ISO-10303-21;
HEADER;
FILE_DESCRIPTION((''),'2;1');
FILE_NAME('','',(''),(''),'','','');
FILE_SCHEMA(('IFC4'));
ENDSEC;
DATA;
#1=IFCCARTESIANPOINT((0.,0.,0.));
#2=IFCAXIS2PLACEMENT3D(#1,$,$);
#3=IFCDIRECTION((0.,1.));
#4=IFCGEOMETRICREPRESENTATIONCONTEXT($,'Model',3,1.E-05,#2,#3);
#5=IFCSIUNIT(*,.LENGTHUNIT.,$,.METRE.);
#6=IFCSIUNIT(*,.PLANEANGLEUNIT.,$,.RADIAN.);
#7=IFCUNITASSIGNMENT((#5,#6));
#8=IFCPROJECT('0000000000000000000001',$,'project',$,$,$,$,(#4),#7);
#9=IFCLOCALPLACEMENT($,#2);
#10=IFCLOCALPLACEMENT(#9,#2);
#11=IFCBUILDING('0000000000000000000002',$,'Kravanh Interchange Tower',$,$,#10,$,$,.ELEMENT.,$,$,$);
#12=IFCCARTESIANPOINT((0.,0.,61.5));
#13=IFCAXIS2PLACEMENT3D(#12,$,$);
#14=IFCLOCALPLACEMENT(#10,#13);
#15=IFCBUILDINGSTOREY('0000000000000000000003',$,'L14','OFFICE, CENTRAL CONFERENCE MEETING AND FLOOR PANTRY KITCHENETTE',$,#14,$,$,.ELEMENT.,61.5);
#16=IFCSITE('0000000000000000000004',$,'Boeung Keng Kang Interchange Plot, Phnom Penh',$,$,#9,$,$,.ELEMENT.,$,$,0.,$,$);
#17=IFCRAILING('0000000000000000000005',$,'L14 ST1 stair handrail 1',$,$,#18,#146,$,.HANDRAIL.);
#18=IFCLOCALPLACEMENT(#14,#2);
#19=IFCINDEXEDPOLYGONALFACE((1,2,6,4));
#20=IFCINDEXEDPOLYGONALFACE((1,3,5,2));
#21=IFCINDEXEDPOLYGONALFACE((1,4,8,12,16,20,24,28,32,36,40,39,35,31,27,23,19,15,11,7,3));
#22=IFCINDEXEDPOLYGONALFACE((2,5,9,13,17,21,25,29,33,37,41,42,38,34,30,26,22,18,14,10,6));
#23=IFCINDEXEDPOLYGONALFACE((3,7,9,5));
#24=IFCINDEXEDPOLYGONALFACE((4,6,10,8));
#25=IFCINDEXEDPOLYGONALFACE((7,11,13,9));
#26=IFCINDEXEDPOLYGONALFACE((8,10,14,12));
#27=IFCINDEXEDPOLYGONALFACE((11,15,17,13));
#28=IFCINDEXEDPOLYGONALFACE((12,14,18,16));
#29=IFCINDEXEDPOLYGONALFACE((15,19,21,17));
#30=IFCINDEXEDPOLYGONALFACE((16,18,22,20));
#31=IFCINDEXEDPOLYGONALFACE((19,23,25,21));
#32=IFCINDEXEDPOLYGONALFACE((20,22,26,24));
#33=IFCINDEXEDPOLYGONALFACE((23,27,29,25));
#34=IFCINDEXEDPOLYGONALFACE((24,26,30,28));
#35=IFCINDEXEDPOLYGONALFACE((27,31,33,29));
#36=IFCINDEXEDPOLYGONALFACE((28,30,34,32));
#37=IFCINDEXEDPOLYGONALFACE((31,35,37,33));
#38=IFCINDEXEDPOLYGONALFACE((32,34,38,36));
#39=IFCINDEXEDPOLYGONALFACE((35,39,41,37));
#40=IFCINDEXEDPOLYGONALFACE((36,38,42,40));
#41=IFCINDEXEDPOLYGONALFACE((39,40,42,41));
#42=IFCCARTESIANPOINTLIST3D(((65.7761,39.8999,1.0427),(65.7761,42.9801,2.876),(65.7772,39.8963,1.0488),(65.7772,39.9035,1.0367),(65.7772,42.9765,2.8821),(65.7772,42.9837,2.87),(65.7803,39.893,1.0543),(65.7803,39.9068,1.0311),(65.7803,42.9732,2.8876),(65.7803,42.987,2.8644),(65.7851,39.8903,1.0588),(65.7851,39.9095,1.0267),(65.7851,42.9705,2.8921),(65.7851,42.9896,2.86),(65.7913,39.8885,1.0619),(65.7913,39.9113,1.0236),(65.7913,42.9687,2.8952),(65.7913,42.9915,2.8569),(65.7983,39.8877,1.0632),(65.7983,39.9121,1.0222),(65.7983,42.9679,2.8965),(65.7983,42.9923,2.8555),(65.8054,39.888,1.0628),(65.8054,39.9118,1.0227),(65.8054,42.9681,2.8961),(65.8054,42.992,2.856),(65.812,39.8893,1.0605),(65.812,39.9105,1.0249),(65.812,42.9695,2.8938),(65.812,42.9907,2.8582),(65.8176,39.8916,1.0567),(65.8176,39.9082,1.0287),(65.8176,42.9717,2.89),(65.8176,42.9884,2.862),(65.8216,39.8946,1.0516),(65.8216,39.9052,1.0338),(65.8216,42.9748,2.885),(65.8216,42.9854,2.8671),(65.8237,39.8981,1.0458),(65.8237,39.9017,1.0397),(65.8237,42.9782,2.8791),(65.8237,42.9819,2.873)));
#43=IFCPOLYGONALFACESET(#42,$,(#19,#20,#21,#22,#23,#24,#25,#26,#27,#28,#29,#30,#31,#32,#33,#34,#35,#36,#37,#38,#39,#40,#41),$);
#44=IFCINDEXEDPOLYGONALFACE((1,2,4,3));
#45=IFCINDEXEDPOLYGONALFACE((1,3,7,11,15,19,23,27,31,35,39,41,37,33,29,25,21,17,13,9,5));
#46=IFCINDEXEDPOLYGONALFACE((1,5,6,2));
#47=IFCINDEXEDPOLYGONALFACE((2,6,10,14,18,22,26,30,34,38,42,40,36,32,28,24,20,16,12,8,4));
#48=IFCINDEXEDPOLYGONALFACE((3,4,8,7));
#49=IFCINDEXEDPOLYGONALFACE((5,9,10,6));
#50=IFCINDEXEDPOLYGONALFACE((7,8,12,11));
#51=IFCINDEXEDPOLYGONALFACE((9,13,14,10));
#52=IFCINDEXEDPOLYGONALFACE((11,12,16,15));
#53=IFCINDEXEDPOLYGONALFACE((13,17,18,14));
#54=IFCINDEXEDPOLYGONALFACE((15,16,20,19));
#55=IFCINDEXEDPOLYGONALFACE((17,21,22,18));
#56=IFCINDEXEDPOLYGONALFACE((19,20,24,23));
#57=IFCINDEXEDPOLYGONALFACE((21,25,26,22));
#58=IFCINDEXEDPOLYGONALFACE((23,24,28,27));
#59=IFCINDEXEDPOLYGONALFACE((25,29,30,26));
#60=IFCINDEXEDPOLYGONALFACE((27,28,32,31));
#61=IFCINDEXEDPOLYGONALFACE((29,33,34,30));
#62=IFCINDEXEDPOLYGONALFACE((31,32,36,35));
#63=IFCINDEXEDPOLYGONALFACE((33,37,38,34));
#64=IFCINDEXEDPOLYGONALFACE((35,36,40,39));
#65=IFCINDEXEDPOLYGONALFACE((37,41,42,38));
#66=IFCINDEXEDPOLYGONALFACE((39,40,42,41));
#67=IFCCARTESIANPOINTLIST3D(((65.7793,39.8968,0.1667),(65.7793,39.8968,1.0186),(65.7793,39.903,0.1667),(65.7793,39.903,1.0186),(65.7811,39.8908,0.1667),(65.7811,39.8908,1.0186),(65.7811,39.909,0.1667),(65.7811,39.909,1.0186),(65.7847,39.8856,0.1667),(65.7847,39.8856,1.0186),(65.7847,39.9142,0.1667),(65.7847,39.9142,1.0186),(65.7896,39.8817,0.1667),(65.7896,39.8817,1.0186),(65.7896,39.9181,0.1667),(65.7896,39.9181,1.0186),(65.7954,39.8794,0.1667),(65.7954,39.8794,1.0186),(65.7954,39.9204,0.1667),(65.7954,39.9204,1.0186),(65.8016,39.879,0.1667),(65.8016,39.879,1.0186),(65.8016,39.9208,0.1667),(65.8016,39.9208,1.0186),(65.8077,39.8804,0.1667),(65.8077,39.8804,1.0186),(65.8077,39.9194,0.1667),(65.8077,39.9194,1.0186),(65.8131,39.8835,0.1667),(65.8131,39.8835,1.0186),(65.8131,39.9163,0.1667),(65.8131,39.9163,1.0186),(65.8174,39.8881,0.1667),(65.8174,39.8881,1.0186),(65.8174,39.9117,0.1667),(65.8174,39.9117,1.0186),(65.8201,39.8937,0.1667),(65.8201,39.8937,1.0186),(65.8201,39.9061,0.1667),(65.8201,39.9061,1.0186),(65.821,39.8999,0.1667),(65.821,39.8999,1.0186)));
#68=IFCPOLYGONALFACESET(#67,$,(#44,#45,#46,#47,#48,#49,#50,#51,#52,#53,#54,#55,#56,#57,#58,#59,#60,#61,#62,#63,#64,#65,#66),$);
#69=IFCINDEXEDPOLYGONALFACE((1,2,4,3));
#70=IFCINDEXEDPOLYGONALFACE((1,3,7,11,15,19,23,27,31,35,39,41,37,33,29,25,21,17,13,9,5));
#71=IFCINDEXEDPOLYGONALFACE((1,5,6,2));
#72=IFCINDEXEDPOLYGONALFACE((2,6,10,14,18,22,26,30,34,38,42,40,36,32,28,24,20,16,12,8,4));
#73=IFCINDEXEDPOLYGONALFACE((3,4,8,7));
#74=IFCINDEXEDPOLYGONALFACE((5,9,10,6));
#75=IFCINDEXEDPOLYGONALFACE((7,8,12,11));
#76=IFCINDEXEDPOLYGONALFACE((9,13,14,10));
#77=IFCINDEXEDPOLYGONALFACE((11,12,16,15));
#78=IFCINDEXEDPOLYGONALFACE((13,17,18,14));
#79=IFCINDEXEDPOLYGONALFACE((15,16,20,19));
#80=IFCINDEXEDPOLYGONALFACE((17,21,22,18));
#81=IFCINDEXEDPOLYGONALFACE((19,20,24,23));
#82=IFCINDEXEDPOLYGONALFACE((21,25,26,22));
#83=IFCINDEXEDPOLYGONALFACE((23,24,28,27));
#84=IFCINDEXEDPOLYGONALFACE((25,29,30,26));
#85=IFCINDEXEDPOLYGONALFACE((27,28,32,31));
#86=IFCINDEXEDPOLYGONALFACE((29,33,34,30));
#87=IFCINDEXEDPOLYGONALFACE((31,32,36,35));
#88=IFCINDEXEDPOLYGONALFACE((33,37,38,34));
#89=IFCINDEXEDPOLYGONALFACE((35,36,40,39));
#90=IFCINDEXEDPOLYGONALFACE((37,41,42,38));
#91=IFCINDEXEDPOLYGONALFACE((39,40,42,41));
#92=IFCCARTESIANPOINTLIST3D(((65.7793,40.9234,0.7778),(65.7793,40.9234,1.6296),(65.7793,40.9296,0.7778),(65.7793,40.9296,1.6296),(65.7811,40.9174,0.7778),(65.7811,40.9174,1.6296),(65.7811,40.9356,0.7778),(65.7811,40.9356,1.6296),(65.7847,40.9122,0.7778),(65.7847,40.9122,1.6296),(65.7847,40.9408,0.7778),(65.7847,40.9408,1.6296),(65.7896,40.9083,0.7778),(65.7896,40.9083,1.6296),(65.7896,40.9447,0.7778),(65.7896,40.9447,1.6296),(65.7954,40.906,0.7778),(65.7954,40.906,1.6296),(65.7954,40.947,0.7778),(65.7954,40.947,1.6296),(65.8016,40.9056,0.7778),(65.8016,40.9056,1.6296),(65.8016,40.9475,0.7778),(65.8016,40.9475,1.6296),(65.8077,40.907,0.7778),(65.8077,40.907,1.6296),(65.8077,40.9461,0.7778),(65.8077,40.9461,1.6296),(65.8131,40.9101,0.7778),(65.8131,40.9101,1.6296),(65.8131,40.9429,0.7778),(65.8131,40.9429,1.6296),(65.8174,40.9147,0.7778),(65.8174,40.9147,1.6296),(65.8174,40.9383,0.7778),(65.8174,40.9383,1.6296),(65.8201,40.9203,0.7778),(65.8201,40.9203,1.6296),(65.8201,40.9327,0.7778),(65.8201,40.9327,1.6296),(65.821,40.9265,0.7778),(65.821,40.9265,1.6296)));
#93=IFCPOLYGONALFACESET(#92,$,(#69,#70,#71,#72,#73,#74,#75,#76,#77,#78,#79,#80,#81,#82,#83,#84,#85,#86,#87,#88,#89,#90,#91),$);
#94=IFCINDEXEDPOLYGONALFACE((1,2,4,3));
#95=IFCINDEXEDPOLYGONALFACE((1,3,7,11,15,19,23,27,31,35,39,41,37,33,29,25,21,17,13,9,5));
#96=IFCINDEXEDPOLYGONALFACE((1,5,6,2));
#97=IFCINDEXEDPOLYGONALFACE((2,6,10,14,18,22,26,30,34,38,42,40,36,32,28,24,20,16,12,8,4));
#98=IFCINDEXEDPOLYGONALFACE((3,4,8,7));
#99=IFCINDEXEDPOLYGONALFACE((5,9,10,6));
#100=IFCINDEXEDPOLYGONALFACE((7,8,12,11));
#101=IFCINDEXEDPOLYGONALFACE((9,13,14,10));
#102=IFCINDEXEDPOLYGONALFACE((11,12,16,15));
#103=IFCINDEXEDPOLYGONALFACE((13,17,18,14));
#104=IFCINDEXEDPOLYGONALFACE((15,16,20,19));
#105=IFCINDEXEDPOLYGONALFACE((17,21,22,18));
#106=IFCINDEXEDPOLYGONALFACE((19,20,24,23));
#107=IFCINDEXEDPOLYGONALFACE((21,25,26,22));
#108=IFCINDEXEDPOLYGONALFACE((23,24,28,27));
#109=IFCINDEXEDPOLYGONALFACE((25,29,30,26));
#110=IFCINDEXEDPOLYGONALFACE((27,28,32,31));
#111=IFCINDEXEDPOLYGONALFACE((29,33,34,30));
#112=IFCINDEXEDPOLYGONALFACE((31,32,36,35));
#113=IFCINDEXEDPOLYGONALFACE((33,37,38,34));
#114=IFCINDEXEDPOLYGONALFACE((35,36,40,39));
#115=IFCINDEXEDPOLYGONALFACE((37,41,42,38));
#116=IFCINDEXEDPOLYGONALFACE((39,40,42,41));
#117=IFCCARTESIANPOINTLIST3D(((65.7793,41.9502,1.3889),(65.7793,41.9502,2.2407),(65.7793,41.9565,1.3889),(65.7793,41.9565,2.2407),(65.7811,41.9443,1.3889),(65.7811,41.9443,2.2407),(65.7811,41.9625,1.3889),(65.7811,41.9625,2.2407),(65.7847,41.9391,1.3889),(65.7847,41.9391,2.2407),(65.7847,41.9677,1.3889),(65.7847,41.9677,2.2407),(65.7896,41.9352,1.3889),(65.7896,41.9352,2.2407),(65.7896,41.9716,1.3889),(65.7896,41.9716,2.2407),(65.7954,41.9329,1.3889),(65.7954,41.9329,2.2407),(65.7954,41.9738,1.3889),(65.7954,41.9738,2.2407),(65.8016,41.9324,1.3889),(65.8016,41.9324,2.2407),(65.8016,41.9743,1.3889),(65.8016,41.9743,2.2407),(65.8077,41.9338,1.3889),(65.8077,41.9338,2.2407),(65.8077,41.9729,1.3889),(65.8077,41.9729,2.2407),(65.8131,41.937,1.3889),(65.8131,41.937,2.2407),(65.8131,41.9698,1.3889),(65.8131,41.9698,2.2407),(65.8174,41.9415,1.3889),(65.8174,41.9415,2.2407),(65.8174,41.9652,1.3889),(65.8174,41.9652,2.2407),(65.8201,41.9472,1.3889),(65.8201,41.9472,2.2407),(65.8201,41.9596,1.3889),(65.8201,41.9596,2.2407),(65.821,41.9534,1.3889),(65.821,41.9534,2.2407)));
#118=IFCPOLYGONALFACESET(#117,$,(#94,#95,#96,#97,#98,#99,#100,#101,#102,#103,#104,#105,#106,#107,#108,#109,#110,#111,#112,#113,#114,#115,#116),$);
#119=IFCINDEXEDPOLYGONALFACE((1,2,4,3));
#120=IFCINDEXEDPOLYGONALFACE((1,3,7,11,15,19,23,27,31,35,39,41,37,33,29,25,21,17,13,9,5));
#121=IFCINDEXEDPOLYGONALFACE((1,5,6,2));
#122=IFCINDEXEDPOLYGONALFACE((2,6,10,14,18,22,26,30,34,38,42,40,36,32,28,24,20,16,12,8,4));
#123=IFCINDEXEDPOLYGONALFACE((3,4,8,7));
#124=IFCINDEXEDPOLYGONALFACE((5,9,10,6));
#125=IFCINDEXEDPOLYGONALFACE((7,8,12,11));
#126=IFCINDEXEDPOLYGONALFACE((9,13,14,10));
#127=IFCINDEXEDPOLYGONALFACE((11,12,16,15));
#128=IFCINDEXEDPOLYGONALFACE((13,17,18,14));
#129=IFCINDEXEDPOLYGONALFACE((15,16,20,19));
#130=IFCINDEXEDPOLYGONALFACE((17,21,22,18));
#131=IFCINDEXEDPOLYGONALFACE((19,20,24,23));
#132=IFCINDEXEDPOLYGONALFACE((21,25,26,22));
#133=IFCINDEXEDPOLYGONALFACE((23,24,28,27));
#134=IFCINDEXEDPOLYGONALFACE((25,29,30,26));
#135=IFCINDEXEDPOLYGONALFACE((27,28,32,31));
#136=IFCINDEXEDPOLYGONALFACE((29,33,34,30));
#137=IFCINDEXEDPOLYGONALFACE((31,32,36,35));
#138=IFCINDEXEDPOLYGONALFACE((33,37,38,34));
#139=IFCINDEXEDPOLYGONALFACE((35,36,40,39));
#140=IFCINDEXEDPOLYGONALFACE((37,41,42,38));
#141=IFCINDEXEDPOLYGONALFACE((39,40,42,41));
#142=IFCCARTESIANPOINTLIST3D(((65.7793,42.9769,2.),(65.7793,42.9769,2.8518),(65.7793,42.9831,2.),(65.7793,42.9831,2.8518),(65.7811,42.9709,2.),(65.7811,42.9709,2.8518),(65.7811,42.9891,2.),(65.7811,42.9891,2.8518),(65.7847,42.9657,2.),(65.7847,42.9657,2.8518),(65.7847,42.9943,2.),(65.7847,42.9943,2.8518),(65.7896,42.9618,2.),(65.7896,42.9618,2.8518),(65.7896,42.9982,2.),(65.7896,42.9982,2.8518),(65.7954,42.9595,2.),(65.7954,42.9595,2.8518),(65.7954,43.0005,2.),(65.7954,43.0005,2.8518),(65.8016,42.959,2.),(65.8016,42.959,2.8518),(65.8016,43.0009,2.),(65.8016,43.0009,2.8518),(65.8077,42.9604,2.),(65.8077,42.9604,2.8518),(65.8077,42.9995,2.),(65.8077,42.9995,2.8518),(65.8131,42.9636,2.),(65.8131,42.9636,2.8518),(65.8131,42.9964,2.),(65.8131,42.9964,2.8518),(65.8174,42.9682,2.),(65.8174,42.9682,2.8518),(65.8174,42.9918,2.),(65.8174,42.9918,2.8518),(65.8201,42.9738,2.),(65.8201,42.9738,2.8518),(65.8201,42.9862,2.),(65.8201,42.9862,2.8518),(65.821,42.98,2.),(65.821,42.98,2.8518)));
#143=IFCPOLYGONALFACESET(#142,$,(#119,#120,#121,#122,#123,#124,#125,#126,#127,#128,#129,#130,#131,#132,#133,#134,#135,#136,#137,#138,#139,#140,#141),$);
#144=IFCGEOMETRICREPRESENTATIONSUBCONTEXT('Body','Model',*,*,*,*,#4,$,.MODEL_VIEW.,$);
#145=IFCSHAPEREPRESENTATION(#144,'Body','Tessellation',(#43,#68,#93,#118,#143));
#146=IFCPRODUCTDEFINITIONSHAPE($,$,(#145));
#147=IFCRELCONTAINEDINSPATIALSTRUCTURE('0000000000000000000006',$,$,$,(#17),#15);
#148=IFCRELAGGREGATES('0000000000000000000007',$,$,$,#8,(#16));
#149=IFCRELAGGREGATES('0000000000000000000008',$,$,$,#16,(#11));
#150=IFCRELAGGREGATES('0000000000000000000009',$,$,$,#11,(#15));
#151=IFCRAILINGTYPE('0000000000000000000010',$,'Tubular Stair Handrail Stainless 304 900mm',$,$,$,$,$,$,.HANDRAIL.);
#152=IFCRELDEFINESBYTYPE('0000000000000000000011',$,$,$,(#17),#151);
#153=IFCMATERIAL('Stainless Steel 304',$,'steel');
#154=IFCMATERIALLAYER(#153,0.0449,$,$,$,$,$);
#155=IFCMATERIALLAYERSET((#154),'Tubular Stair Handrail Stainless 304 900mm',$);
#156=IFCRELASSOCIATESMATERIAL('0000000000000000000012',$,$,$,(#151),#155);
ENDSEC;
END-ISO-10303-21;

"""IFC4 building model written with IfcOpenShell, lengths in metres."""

from ifc_helpers import new_model, si_unit, direction, frame, origin, origin_2d, place, context, subcontext, project, spatial, circle, extrude, material, layer, layer_set, type_object, element, save


model = new_model("IFC4")

# Units and contexts
model_context = context("Model", 3, precision=1e-05, world=origin(), true_north=direction((0.0, 1.0)))
body_context = subcontext(model_context, "Body", "Model", "MODEL_VIEW")
ifc_project = project(units=[si_unit("LENGTHUNIT", "METRE"), si_unit("PLANEANGLEUNIT", "RADIAN")], contexts=[model_context])

# Site, building, storey
site_placement = place(None, origin())
site = spatial("IfcSite", under=ifc_project, at=site_placement, Name="Boeung Keng Kang Interchange Plot, Phnom Penh", CompositionType="ELEMENT", RefElevation=0.0)
building_placement = place(site_placement, origin())
building = spatial("IfcBuilding", under=site, at=building_placement, Name="Kravanh Interchange Tower", CompositionType="ELEMENT")
storey_placement = place(building_placement, frame((0.0, 0.0, 61.5)))
storey = spatial("IfcBuildingStorey", under=building, at=storey_placement, Name="L14", Description="OFFICE, CENTRAL CONFERENCE MEETING AND FLOOR PANTRY KITCHENETTE", CompositionType="ELEMENT", Elevation=61.5)

# Railing
ifc_material_1 = material(Name="Stainless Steel 304", Category="steel")
ifc_layer_1 = layer(ifc_material_1, 0.0449)
ifc_layer_set_1 = layer_set([ifc_layer_1], Name="Tubular Stair Handrail Stainless 304 900mm")
railing_type_1 = type_object("IfcRailingType", Name="Tubular Stair Handrail Stainless 304 900mm", PredefinedType="HANDRAIL", material=ifc_layer_set_1)
railing_1_placement = place(storey_placement, frame((65.8, 39.8999, 0.1667)))
element("IfcRailing", 1, at=railing_1_placement, inside=storey, type_object=railing_type_1, Name="L14 ST1 stair handrail 1", PredefinedType="HANDRAIL", context=body_context, shape_type="SweptSolid", body=[
    extrude(circle(Radius=0.0239, at=origin_2d()), frame((0.0, 0.0, 0.876), z_axis=(0.0, 0.859309, 0.511458), x_axis=(-1.0, 0.0, 0.0)), (0.0, 0.0, 1.0), 3.5845),
    extrude(circle(Radius=0.021, at=origin_2d()), origin(), (0.0, 0.0, 1.0), 0.8518),
    extrude(circle(Radius=0.021, at=origin_2d()), frame((0.0, 1.0266, 0.6111)), (0.0, 0.0, 1.0), 0.8518),
    extrude(circle(Radius=0.021, at=origin_2d()), frame((0.0, 2.0535, 1.2222)), (0.0, 0.0, 1.0), 0.8518),
    extrude(circle(Radius=0.021, at=origin_2d()), frame((0.0, 3.0801, 1.8333)), (0.0, 0.0, 1.0), 0.8518),
])

save(model, "model.ifc")
